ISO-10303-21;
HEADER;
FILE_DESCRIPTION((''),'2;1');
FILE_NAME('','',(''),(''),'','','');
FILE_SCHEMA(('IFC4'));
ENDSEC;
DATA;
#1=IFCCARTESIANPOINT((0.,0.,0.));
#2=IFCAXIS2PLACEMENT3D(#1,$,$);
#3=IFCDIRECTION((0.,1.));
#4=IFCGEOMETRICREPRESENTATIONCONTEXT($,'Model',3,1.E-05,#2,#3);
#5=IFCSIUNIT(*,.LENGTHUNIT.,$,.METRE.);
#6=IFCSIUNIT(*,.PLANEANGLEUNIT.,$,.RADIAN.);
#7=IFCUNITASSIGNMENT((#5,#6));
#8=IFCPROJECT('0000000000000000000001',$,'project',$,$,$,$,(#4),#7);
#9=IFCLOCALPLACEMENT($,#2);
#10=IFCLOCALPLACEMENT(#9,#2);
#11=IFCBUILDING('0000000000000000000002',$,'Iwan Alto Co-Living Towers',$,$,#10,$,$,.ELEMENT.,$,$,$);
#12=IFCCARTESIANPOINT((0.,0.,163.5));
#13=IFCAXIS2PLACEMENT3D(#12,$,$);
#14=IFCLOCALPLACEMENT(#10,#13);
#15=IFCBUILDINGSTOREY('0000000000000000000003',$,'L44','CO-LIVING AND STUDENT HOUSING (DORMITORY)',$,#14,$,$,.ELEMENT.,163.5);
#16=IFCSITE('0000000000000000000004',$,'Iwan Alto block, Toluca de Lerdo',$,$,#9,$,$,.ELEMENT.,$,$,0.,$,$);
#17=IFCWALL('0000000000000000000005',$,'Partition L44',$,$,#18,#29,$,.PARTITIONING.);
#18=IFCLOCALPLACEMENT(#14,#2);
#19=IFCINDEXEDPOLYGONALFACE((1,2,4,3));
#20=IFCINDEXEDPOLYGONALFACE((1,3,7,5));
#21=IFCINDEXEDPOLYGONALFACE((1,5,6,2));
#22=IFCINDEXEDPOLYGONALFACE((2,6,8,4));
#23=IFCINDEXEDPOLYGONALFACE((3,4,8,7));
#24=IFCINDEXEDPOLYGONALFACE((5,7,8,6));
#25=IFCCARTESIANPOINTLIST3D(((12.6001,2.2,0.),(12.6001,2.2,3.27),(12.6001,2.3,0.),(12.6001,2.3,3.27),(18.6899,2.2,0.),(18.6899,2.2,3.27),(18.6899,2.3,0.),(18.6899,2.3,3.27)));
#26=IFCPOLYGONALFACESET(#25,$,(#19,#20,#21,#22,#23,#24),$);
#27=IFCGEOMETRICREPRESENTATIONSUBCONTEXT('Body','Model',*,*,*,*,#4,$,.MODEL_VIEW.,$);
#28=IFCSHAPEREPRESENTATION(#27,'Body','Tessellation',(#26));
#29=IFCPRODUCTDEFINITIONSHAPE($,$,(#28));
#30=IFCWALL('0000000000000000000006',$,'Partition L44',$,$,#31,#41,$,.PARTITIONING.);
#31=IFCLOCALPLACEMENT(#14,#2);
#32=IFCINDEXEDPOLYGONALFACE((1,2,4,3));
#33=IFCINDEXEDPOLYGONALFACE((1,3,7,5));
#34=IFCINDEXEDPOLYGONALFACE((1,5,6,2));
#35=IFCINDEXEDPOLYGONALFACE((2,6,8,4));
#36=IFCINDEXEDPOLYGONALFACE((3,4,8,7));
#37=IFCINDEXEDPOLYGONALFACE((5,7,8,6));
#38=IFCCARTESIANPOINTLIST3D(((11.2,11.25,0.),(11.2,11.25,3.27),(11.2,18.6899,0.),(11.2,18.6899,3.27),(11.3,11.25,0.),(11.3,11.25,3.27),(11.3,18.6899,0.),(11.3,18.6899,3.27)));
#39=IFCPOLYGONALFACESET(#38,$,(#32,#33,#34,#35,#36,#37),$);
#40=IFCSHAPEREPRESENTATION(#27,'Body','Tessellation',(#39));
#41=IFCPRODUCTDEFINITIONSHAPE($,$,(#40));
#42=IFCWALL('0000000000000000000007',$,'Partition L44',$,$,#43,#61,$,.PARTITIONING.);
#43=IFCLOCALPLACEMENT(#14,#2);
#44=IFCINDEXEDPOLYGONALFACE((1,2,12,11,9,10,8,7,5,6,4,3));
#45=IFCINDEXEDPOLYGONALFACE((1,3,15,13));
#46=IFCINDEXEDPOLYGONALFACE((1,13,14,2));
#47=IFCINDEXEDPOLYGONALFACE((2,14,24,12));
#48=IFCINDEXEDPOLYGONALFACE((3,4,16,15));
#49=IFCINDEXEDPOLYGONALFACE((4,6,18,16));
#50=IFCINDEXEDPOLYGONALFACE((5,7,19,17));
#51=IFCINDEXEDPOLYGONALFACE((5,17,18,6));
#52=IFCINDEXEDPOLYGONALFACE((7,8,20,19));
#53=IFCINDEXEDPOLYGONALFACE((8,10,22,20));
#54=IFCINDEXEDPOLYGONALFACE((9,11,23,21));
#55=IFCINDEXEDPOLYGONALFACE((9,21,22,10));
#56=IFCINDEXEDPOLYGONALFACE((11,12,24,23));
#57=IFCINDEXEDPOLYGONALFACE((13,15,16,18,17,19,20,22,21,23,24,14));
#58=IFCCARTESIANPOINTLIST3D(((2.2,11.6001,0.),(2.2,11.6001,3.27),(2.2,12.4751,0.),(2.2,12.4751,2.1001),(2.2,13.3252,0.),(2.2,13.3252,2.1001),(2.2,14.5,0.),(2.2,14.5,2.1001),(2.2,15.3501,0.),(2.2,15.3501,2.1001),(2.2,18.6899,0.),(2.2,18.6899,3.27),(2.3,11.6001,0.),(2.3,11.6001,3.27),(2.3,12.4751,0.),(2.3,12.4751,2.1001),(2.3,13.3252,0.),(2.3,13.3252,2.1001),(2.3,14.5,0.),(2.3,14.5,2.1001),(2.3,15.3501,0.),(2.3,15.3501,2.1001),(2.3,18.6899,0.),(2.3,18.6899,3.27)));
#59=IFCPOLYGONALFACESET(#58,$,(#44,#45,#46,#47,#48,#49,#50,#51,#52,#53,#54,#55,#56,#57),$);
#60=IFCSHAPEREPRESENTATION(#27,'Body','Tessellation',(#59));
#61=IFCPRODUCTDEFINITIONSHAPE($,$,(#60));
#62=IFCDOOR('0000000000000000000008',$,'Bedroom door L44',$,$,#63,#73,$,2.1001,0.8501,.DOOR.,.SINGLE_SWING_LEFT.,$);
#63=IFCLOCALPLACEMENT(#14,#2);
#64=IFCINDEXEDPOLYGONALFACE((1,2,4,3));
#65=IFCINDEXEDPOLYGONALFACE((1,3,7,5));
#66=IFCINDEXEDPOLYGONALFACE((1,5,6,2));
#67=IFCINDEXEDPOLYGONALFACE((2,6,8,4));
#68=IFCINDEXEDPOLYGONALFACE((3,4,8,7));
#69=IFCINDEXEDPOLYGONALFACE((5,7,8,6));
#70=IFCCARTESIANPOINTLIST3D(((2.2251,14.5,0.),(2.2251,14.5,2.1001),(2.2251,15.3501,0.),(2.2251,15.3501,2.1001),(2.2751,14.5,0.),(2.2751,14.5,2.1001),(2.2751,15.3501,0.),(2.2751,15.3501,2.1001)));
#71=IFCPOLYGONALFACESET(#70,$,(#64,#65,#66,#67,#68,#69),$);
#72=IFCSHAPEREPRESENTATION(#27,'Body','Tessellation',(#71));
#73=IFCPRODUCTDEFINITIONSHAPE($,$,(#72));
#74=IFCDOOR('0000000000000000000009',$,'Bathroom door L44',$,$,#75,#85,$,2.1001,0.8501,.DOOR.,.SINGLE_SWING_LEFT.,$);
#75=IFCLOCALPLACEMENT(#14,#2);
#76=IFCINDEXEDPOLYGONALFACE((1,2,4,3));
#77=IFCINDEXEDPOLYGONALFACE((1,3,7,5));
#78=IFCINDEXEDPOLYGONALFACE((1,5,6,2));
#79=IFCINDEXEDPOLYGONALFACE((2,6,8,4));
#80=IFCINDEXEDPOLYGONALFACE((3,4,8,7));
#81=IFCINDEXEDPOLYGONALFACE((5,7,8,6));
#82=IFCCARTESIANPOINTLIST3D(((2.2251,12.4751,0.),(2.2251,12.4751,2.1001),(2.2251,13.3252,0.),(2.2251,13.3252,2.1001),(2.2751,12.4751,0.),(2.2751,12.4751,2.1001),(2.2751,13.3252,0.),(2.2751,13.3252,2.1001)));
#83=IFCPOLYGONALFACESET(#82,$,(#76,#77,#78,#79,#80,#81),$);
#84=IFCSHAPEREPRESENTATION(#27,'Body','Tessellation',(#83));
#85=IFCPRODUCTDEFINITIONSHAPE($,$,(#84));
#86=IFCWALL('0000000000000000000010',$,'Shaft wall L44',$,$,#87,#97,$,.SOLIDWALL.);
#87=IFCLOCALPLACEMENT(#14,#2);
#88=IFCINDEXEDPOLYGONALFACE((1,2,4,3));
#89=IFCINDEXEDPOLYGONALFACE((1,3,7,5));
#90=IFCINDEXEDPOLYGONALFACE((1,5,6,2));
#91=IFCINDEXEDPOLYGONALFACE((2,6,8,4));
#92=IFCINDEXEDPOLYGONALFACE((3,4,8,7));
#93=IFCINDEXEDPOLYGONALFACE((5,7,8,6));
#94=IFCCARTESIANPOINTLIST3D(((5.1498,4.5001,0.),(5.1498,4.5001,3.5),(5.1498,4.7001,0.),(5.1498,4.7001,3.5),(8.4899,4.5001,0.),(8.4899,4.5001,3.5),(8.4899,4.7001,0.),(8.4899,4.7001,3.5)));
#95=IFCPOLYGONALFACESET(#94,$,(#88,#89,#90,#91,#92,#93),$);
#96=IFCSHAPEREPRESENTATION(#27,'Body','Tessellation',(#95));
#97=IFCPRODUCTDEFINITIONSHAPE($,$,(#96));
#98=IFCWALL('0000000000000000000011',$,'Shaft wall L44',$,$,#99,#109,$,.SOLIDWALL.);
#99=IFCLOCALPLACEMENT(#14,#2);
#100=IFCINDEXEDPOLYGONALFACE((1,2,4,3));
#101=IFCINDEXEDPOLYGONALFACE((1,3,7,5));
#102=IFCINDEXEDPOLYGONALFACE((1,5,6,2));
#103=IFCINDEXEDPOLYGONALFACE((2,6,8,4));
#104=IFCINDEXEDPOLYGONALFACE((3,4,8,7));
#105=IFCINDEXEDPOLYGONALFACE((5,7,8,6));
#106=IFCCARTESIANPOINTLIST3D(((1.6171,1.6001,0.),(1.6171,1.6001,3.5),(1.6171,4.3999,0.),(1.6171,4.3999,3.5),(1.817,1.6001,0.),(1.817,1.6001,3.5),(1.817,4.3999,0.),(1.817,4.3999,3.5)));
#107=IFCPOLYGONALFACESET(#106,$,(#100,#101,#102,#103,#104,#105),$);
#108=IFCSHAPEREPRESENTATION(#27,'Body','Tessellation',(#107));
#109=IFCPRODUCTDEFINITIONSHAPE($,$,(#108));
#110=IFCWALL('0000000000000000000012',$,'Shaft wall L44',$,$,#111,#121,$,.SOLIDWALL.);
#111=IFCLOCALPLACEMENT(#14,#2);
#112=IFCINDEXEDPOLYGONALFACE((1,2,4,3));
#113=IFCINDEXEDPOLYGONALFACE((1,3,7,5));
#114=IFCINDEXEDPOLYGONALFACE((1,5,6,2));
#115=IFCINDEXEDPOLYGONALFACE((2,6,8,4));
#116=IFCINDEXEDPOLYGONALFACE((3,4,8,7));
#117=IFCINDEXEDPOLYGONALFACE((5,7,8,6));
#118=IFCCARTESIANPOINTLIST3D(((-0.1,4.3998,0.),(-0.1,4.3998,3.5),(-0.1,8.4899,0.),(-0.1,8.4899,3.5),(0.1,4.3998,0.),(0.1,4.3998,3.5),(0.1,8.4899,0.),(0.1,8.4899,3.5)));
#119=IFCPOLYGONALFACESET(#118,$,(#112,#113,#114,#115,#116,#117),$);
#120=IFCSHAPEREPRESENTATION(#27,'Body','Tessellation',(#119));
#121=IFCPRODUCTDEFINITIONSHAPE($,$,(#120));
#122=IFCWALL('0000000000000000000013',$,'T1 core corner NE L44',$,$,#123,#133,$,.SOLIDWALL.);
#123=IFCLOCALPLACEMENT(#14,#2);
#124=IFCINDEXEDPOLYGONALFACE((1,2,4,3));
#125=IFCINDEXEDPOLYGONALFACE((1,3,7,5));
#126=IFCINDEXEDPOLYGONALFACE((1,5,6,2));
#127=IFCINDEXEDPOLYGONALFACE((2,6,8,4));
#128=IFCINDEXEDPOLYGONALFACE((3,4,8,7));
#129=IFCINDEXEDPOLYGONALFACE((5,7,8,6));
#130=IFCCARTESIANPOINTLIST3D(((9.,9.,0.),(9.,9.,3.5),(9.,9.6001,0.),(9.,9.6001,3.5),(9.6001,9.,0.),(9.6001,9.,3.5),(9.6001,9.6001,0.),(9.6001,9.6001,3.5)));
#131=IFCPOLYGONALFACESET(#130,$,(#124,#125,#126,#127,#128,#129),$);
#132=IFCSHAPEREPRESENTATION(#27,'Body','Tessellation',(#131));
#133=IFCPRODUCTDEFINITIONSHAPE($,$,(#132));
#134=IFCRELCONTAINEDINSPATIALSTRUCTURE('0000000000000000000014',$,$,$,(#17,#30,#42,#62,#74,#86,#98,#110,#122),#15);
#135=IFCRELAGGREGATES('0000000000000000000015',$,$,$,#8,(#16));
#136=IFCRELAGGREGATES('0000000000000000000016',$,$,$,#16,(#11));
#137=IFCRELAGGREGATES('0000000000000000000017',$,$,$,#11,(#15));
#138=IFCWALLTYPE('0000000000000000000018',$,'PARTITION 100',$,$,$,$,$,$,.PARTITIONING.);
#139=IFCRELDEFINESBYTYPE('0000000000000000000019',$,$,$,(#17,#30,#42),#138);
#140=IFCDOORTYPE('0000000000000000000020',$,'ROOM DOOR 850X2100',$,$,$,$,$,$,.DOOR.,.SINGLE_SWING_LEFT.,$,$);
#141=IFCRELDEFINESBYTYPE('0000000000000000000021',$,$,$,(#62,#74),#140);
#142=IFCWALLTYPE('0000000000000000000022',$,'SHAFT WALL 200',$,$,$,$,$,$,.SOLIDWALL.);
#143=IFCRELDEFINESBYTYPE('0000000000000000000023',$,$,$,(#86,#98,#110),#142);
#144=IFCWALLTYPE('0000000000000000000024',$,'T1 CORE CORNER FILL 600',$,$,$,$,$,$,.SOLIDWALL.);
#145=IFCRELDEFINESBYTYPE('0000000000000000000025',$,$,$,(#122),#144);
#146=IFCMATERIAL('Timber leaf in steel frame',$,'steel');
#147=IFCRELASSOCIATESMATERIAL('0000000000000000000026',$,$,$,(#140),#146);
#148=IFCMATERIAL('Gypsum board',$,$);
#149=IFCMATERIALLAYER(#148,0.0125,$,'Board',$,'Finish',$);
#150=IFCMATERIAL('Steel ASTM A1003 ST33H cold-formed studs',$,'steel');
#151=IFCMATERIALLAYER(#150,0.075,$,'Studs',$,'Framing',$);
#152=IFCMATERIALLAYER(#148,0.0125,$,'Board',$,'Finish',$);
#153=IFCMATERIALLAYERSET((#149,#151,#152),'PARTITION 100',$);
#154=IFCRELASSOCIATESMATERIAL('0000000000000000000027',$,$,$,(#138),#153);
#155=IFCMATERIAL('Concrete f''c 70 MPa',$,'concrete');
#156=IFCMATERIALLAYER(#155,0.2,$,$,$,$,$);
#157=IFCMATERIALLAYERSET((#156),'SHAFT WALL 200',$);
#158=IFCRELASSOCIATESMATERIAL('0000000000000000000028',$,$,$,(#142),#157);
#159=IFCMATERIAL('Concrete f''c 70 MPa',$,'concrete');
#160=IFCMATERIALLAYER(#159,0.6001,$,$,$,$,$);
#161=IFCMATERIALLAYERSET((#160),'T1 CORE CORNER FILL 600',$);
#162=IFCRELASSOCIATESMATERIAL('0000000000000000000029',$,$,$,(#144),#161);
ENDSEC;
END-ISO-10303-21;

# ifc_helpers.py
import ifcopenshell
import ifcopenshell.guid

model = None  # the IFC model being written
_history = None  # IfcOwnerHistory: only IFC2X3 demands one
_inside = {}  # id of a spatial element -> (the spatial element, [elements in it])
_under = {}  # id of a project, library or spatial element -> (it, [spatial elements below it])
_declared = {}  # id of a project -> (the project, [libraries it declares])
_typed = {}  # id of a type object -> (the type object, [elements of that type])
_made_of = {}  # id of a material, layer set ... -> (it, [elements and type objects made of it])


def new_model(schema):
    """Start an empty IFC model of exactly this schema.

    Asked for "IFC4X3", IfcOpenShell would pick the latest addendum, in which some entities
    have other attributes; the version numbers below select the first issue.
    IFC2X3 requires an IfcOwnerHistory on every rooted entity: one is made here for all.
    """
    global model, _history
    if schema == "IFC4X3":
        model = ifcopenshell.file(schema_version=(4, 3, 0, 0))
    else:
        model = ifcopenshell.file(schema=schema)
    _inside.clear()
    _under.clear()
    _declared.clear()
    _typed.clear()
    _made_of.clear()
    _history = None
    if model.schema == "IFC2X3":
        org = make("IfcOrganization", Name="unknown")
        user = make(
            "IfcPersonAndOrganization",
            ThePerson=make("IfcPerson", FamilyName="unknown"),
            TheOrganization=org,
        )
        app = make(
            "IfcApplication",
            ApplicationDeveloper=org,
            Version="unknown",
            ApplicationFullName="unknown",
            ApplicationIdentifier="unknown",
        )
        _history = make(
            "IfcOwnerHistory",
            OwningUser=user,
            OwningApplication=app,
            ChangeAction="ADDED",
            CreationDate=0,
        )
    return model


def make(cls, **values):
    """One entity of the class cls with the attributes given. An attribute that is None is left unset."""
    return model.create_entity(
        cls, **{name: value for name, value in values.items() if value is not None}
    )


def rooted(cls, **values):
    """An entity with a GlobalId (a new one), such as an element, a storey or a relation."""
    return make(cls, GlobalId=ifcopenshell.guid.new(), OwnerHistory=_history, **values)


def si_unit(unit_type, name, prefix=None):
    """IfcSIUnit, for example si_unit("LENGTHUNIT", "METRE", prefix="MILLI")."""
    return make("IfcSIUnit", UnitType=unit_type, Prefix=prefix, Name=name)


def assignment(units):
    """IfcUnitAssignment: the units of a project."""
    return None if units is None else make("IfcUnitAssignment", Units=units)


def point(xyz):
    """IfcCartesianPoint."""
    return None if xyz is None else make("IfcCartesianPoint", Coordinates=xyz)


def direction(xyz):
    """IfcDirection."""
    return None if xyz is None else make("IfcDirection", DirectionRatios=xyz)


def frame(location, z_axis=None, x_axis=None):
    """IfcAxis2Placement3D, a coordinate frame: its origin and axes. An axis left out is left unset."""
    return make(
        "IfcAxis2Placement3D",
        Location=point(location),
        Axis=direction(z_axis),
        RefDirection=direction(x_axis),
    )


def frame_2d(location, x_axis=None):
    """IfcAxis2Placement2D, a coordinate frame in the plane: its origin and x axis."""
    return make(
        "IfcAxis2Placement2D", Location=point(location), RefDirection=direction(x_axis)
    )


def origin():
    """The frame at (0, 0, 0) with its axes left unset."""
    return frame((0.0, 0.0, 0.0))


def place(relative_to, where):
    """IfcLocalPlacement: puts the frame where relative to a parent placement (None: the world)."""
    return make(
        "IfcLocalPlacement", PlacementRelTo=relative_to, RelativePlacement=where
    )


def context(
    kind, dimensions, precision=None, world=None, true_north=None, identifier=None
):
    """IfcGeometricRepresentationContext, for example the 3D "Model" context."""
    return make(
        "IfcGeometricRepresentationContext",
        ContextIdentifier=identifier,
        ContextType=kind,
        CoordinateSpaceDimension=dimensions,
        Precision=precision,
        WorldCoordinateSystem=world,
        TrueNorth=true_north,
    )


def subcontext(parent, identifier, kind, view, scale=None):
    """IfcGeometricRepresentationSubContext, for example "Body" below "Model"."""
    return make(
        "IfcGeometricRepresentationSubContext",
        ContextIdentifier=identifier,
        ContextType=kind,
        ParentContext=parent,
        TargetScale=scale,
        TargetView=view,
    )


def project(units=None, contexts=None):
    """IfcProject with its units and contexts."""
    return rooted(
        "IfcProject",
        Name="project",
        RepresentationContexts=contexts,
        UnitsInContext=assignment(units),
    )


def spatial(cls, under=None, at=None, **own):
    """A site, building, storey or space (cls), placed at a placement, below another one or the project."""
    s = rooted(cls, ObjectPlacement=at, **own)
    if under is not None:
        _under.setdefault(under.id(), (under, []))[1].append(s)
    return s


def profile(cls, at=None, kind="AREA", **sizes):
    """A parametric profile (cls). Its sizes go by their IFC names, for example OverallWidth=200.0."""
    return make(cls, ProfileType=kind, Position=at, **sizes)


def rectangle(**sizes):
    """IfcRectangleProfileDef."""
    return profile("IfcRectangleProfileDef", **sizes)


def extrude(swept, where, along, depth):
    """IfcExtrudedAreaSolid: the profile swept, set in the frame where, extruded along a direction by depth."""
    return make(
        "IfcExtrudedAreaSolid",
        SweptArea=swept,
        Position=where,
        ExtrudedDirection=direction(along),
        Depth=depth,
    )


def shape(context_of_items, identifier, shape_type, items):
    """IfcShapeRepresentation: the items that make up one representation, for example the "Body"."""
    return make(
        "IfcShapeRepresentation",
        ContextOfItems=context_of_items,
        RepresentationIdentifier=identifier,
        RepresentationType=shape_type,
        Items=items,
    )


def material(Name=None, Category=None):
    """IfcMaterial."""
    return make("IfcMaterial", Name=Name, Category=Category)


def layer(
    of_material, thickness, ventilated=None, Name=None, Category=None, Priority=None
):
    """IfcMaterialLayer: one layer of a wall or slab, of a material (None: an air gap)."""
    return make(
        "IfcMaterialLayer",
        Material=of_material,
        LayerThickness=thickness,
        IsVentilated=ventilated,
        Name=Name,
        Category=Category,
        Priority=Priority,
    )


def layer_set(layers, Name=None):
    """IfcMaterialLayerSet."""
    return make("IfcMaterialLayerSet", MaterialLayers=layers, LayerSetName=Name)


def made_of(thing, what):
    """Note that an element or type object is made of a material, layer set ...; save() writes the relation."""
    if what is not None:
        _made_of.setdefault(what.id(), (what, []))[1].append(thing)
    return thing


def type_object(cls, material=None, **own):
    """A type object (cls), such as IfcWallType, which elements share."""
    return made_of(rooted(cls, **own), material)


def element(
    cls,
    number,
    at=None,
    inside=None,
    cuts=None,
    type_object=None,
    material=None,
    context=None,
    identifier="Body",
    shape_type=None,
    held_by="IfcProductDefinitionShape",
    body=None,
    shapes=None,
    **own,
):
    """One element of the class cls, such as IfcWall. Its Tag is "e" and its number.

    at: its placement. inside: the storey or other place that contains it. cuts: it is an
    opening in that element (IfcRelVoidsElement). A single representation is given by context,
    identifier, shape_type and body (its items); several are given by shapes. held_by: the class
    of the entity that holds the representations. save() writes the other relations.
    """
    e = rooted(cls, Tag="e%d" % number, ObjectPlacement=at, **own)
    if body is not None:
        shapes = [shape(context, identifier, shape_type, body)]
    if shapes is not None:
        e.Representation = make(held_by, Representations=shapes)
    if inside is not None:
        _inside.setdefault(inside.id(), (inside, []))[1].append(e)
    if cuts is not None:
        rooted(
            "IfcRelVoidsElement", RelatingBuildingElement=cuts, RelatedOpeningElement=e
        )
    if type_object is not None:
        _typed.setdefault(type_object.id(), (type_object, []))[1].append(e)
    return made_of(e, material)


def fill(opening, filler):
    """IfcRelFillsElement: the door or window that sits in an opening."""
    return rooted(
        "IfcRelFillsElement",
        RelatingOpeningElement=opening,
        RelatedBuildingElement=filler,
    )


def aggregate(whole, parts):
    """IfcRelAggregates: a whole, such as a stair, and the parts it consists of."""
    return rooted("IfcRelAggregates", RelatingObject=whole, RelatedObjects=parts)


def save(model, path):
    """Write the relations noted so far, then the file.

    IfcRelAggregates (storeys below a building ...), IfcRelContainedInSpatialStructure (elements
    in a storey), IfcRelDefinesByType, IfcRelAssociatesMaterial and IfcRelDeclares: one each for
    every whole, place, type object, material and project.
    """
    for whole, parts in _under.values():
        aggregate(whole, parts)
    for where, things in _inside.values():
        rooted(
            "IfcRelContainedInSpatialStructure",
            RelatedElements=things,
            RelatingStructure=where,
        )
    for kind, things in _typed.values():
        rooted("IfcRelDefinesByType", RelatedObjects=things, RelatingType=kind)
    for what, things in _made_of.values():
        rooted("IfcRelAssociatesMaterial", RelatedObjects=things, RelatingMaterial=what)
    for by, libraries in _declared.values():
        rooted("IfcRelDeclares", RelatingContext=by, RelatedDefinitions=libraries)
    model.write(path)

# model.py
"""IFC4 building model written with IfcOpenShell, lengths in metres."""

from ifc_helpers import new_model, si_unit, direction, frame, frame_2d, origin, place, context, subcontext, project, spatial, rectangle, extrude, material, layer, layer_set, type_object, element, fill, save


model = new_model("IFC4")

# Units and contexts
model_context = context("Model", 3, precision=1e-05, world=origin(), true_north=direction((0.0, 1.0)))
body_context = subcontext(model_context, "Body", "Model", "MODEL_VIEW")
ifc_project = project(units=[si_unit("LENGTHUNIT", "METRE"), si_unit("PLANEANGLEUNIT", "RADIAN")], contexts=[model_context])

# Site, building, storey
site_placement = place(None, origin())
site = spatial("IfcSite", under=ifc_project, at=site_placement, Name="Iwan Alto block, Toluca de Lerdo", CompositionType="ELEMENT", RefElevation=0.0)
building_placement = place(site_placement, origin())
building = spatial("IfcBuilding", under=site, at=building_placement, Name="Iwan Alto Co-Living Towers", CompositionType="ELEMENT")
storey_placement = place(building_placement, frame((0.0, 0.0, 163.5)))
storey = spatial("IfcBuildingStorey", under=building, at=storey_placement, Name="L44", Description="CO-LIVING AND STUDENT HOUSING (DORMITORY)", CompositionType="ELEMENT", Elevation=163.5)

# Shared definitions
ifc_material_1 = material(Name="Gypsum board")
ifc_material_2 = material(Name="Steel ASTM A1003 ST33H cold-formed studs", Category="steel")
ifc_material_3 = material(Name="Timber leaf in steel frame", Category="steel")
door_type_1 = type_object("IfcDoorType", Name="ROOM DOOR 850X2100", OperationType="SINGLE_SWING_LEFT", PredefinedType="DOOR", material=ifc_material_3)

# Walls
ifc_layer_1 = layer(ifc_material_1, 0.0125, Name="Board", Category="Finish")
ifc_layer_2 = layer(ifc_material_2, 0.075, Name="Studs", Category="Framing")
ifc_layer_3 = layer(ifc_material_1, 0.0125, Name="Board", Category="Finish")
ifc_layer_set_1 = layer_set([ifc_layer_1, ifc_layer_2, ifc_layer_3], Name="PARTITION 100")
wall_type_1 = type_object("IfcWallType", Name="PARTITION 100", PredefinedType="PARTITIONING", material=ifc_layer_set_1)
wall_1_placement = place(storey_placement, frame((12.6001, 2.25, 0.0), z_axis=(0.0, 0.0, 1.0), x_axis=(1.0, 0.0, 0.0)))
element("IfcWall", 1, at=wall_1_placement, inside=storey, type_object=wall_type_1, Name="Partition L44", PredefinedType="PARTITIONING", context=body_context, shape_type="SweptSolid", body=[
    extrude(rectangle(XDim=6.0898, YDim=0.1001, at=frame_2d((3.0449, 0.0))), origin(), (0.0, 0.0, 1.0), 3.27),
])
wall_2_placement = place(storey_placement, frame((11.25, 11.25, 0.0), z_axis=(0.0, 0.0, 1.0), x_axis=(0.0, 1.0, 0.0)))
element("IfcWall", 2, at=wall_2_placement, inside=storey, type_object=wall_type_1, Name="Partition L44", PredefinedType="PARTITIONING", context=body_context, shape_type="SweptSolid", body=[
    extrude(rectangle(XDim=7.4399, YDim=0.1001, at=frame_2d((3.72, 0.0))), origin(), (0.0, 0.0, 1.0), 3.27),
])

# Wall, openings, doors
wall_3_placement = place(storey_placement, frame((2.25, 11.6001, 0.0), z_axis=(0.0, 0.0, 1.0), x_axis=(0.0, 1.0, 0.0)))
wall_3 = element("IfcWall", 3, at=wall_3_placement, inside=storey, type_object=wall_type_1, Name="Partition L44", PredefinedType="PARTITIONING", context=body_context, shape_type="SweptSolid", body=[
    extrude(rectangle(XDim=7.0898, YDim=0.1001, at=frame_2d((3.5449, 0.0))), origin(), (0.0, 0.0, 1.0), 3.27),
])
opening_1_placement = place(wall_3_placement, frame((2.8999, 0.0, 0.0)))
opening_1 = element("IfcOpeningElement", 4, at=opening_1_placement, cuts=wall_3, PredefinedType="OPENING", context=body_context, shape_type="SweptSolid", body=[
    extrude(rectangle(XDim=0.8501, YDim=2.1001, at=frame_2d((0.425, 1.05))), frame((0.0, 0.0601, 0.0), z_axis=(0.0, -1.0, 0.0), x_axis=(1.0, 0.0, 0.0)), (0.0, 0.0, 1.0), 0.1201),
])
opening_2_placement = place(wall_3_placement, frame((0.875, 0.0, 0.0)))
opening_2 = element("IfcOpeningElement", 5, at=opening_2_placement, cuts=wall_3, PredefinedType="OPENING", context=body_context, shape_type="SweptSolid", body=[
    extrude(rectangle(XDim=0.8501, YDim=2.1001, at=frame_2d((0.425, 1.05))), frame((0.0, 0.0601, 0.0), z_axis=(0.0, -1.0, 0.0), x_axis=(1.0, 0.0, 0.0)), (0.0, 0.0, 1.0), 0.1201),
])
door_1_placement = place(opening_1_placement, origin())
door_1 = element("IfcDoor", 6, at=door_1_placement, inside=storey, type_object=door_type_1, Name="Bedroom door L44", OperationType="SINGLE_SWING_LEFT", OverallHeight=2.1001, OverallWidth=0.8501, PredefinedType="DOOR", context=body_context, shape_type="SweptSolid", body=[
    extrude(rectangle(XDim=0.8501, YDim=2.1001, at=frame_2d((0.425, 1.05))), frame((0.0, 0.0249, 0.0), z_axis=(0.0, -1.0, 0.0), x_axis=(1.0, 0.0, 0.0)), (0.0, 0.0, 1.0), 0.05),
])
fill(opening_1, door_1)
door_2_placement = place(opening_2_placement, origin())
door_2 = element("IfcDoor", 7, at=door_2_placement, inside=storey, type_object=door_type_1, Name="Bathroom door L44", OperationType="SINGLE_SWING_LEFT", OverallHeight=2.1001, OverallWidth=0.8501, PredefinedType="DOOR", context=body_context, shape_type="SweptSolid", body=[
    extrude(rectangle(XDim=0.8501, YDim=2.1001, at=frame_2d((0.425, 1.05))), frame((0.0, 0.0249, 0.0), z_axis=(0.0, -1.0, 0.0), x_axis=(1.0, 0.0, 0.0)), (0.0, 0.0, 1.0), 0.05),
])
fill(opening_2, door_2)

# Walls
ifc_material_4 = material(Name="Concrete f'c 70 MPa", Category="concrete")
ifc_layer_4 = layer(ifc_material_4, 0.2)
ifc_layer_set_2 = layer_set([ifc_layer_4], Name="SHAFT WALL 200")
wall_type_2 = type_object("IfcWallType", Name="SHAFT WALL 200", PredefinedType="SOLIDWALL", material=ifc_layer_set_2)
wall_4_placement = place(storey_placement, frame((5.1499, 4.6001, 0.0), z_axis=(0.0, 0.0, 1.0), x_axis=(1.0, 0.0, 0.0)))
element("IfcWall", 8, at=wall_4_placement, inside=storey, type_object=wall_type_2, Name="Shaft wall L44", PredefinedType="SOLIDWALL", context=body_context, shape_type="SweptSolid", body=[
    extrude(rectangle(XDim=3.3401, YDim=0.2, at=frame_2d((1.6699, 0.0))), origin(), (0.0, 0.0, 1.0), 3.5),
])
wall_5_placement = place(storey_placement, frame((1.717, 1.6001, 0.0), z_axis=(0.0, 0.0, 1.0), x_axis=(0.0, 1.0, 0.0)))
element("IfcWall", 9, at=wall_5_placement, inside=storey, type_object=wall_type_2, Name="Shaft wall L44", PredefinedType="SOLIDWALL", context=body_context, shape_type="SweptSolid", body=[
    extrude(rectangle(XDim=2.7998, YDim=0.2, at=frame_2d((1.3999, 0.0))), origin(), (0.0, 0.0, 1.0), 3.5),
])
wall_6_placement = place(storey_placement, frame((0.0, 4.3999, 0.0), z_axis=(0.0, 0.0, 1.0), x_axis=(0.0, 1.0, 0.0)))
element("IfcWall", 10, at=wall_6_placement, inside=storey, type_object=wall_type_2, Name="Shaft wall L44", PredefinedType="SOLIDWALL", context=body_context, shape_type="SweptSolid", body=[
    extrude(rectangle(XDim=4.0901, YDim=0.2, at=frame_2d((2.0449, 0.0))), origin(), (0.0, 0.0, 1.0), 3.5),
])
ifc_material_5 = material(Name="Concrete f'c 70 MPa", Category="concrete")
ifc_layer_5 = layer(ifc_material_5, 0.6001)
ifc_layer_set_3 = layer_set([ifc_layer_5], Name="T1 CORE CORNER FILL 600")
wall_type_3 = type_object("IfcWallType", Name="T1 CORE CORNER FILL 600", PredefinedType="SOLIDWALL", material=ifc_layer_set_3)
wall_7_placement = place(storey_placement, frame((9.0, 9.3, 0.0), z_axis=(0.0, 0.0, 1.0), x_axis=(1.0, 0.0, 0.0)))
element("IfcWall", 11, at=wall_7_placement, inside=storey, type_object=wall_type_3, Name="T1 core corner NE L44", PredefinedType="SOLIDWALL", context=body_context, shape_type="SweptSolid", body=[
    extrude(rectangle(XDim=0.6001, YDim=0.6001, at=frame_2d((0.3, 0.0))), origin(), (0.0, 0.0, 1.0), 3.5),
])

save(model, "model.ifc")
